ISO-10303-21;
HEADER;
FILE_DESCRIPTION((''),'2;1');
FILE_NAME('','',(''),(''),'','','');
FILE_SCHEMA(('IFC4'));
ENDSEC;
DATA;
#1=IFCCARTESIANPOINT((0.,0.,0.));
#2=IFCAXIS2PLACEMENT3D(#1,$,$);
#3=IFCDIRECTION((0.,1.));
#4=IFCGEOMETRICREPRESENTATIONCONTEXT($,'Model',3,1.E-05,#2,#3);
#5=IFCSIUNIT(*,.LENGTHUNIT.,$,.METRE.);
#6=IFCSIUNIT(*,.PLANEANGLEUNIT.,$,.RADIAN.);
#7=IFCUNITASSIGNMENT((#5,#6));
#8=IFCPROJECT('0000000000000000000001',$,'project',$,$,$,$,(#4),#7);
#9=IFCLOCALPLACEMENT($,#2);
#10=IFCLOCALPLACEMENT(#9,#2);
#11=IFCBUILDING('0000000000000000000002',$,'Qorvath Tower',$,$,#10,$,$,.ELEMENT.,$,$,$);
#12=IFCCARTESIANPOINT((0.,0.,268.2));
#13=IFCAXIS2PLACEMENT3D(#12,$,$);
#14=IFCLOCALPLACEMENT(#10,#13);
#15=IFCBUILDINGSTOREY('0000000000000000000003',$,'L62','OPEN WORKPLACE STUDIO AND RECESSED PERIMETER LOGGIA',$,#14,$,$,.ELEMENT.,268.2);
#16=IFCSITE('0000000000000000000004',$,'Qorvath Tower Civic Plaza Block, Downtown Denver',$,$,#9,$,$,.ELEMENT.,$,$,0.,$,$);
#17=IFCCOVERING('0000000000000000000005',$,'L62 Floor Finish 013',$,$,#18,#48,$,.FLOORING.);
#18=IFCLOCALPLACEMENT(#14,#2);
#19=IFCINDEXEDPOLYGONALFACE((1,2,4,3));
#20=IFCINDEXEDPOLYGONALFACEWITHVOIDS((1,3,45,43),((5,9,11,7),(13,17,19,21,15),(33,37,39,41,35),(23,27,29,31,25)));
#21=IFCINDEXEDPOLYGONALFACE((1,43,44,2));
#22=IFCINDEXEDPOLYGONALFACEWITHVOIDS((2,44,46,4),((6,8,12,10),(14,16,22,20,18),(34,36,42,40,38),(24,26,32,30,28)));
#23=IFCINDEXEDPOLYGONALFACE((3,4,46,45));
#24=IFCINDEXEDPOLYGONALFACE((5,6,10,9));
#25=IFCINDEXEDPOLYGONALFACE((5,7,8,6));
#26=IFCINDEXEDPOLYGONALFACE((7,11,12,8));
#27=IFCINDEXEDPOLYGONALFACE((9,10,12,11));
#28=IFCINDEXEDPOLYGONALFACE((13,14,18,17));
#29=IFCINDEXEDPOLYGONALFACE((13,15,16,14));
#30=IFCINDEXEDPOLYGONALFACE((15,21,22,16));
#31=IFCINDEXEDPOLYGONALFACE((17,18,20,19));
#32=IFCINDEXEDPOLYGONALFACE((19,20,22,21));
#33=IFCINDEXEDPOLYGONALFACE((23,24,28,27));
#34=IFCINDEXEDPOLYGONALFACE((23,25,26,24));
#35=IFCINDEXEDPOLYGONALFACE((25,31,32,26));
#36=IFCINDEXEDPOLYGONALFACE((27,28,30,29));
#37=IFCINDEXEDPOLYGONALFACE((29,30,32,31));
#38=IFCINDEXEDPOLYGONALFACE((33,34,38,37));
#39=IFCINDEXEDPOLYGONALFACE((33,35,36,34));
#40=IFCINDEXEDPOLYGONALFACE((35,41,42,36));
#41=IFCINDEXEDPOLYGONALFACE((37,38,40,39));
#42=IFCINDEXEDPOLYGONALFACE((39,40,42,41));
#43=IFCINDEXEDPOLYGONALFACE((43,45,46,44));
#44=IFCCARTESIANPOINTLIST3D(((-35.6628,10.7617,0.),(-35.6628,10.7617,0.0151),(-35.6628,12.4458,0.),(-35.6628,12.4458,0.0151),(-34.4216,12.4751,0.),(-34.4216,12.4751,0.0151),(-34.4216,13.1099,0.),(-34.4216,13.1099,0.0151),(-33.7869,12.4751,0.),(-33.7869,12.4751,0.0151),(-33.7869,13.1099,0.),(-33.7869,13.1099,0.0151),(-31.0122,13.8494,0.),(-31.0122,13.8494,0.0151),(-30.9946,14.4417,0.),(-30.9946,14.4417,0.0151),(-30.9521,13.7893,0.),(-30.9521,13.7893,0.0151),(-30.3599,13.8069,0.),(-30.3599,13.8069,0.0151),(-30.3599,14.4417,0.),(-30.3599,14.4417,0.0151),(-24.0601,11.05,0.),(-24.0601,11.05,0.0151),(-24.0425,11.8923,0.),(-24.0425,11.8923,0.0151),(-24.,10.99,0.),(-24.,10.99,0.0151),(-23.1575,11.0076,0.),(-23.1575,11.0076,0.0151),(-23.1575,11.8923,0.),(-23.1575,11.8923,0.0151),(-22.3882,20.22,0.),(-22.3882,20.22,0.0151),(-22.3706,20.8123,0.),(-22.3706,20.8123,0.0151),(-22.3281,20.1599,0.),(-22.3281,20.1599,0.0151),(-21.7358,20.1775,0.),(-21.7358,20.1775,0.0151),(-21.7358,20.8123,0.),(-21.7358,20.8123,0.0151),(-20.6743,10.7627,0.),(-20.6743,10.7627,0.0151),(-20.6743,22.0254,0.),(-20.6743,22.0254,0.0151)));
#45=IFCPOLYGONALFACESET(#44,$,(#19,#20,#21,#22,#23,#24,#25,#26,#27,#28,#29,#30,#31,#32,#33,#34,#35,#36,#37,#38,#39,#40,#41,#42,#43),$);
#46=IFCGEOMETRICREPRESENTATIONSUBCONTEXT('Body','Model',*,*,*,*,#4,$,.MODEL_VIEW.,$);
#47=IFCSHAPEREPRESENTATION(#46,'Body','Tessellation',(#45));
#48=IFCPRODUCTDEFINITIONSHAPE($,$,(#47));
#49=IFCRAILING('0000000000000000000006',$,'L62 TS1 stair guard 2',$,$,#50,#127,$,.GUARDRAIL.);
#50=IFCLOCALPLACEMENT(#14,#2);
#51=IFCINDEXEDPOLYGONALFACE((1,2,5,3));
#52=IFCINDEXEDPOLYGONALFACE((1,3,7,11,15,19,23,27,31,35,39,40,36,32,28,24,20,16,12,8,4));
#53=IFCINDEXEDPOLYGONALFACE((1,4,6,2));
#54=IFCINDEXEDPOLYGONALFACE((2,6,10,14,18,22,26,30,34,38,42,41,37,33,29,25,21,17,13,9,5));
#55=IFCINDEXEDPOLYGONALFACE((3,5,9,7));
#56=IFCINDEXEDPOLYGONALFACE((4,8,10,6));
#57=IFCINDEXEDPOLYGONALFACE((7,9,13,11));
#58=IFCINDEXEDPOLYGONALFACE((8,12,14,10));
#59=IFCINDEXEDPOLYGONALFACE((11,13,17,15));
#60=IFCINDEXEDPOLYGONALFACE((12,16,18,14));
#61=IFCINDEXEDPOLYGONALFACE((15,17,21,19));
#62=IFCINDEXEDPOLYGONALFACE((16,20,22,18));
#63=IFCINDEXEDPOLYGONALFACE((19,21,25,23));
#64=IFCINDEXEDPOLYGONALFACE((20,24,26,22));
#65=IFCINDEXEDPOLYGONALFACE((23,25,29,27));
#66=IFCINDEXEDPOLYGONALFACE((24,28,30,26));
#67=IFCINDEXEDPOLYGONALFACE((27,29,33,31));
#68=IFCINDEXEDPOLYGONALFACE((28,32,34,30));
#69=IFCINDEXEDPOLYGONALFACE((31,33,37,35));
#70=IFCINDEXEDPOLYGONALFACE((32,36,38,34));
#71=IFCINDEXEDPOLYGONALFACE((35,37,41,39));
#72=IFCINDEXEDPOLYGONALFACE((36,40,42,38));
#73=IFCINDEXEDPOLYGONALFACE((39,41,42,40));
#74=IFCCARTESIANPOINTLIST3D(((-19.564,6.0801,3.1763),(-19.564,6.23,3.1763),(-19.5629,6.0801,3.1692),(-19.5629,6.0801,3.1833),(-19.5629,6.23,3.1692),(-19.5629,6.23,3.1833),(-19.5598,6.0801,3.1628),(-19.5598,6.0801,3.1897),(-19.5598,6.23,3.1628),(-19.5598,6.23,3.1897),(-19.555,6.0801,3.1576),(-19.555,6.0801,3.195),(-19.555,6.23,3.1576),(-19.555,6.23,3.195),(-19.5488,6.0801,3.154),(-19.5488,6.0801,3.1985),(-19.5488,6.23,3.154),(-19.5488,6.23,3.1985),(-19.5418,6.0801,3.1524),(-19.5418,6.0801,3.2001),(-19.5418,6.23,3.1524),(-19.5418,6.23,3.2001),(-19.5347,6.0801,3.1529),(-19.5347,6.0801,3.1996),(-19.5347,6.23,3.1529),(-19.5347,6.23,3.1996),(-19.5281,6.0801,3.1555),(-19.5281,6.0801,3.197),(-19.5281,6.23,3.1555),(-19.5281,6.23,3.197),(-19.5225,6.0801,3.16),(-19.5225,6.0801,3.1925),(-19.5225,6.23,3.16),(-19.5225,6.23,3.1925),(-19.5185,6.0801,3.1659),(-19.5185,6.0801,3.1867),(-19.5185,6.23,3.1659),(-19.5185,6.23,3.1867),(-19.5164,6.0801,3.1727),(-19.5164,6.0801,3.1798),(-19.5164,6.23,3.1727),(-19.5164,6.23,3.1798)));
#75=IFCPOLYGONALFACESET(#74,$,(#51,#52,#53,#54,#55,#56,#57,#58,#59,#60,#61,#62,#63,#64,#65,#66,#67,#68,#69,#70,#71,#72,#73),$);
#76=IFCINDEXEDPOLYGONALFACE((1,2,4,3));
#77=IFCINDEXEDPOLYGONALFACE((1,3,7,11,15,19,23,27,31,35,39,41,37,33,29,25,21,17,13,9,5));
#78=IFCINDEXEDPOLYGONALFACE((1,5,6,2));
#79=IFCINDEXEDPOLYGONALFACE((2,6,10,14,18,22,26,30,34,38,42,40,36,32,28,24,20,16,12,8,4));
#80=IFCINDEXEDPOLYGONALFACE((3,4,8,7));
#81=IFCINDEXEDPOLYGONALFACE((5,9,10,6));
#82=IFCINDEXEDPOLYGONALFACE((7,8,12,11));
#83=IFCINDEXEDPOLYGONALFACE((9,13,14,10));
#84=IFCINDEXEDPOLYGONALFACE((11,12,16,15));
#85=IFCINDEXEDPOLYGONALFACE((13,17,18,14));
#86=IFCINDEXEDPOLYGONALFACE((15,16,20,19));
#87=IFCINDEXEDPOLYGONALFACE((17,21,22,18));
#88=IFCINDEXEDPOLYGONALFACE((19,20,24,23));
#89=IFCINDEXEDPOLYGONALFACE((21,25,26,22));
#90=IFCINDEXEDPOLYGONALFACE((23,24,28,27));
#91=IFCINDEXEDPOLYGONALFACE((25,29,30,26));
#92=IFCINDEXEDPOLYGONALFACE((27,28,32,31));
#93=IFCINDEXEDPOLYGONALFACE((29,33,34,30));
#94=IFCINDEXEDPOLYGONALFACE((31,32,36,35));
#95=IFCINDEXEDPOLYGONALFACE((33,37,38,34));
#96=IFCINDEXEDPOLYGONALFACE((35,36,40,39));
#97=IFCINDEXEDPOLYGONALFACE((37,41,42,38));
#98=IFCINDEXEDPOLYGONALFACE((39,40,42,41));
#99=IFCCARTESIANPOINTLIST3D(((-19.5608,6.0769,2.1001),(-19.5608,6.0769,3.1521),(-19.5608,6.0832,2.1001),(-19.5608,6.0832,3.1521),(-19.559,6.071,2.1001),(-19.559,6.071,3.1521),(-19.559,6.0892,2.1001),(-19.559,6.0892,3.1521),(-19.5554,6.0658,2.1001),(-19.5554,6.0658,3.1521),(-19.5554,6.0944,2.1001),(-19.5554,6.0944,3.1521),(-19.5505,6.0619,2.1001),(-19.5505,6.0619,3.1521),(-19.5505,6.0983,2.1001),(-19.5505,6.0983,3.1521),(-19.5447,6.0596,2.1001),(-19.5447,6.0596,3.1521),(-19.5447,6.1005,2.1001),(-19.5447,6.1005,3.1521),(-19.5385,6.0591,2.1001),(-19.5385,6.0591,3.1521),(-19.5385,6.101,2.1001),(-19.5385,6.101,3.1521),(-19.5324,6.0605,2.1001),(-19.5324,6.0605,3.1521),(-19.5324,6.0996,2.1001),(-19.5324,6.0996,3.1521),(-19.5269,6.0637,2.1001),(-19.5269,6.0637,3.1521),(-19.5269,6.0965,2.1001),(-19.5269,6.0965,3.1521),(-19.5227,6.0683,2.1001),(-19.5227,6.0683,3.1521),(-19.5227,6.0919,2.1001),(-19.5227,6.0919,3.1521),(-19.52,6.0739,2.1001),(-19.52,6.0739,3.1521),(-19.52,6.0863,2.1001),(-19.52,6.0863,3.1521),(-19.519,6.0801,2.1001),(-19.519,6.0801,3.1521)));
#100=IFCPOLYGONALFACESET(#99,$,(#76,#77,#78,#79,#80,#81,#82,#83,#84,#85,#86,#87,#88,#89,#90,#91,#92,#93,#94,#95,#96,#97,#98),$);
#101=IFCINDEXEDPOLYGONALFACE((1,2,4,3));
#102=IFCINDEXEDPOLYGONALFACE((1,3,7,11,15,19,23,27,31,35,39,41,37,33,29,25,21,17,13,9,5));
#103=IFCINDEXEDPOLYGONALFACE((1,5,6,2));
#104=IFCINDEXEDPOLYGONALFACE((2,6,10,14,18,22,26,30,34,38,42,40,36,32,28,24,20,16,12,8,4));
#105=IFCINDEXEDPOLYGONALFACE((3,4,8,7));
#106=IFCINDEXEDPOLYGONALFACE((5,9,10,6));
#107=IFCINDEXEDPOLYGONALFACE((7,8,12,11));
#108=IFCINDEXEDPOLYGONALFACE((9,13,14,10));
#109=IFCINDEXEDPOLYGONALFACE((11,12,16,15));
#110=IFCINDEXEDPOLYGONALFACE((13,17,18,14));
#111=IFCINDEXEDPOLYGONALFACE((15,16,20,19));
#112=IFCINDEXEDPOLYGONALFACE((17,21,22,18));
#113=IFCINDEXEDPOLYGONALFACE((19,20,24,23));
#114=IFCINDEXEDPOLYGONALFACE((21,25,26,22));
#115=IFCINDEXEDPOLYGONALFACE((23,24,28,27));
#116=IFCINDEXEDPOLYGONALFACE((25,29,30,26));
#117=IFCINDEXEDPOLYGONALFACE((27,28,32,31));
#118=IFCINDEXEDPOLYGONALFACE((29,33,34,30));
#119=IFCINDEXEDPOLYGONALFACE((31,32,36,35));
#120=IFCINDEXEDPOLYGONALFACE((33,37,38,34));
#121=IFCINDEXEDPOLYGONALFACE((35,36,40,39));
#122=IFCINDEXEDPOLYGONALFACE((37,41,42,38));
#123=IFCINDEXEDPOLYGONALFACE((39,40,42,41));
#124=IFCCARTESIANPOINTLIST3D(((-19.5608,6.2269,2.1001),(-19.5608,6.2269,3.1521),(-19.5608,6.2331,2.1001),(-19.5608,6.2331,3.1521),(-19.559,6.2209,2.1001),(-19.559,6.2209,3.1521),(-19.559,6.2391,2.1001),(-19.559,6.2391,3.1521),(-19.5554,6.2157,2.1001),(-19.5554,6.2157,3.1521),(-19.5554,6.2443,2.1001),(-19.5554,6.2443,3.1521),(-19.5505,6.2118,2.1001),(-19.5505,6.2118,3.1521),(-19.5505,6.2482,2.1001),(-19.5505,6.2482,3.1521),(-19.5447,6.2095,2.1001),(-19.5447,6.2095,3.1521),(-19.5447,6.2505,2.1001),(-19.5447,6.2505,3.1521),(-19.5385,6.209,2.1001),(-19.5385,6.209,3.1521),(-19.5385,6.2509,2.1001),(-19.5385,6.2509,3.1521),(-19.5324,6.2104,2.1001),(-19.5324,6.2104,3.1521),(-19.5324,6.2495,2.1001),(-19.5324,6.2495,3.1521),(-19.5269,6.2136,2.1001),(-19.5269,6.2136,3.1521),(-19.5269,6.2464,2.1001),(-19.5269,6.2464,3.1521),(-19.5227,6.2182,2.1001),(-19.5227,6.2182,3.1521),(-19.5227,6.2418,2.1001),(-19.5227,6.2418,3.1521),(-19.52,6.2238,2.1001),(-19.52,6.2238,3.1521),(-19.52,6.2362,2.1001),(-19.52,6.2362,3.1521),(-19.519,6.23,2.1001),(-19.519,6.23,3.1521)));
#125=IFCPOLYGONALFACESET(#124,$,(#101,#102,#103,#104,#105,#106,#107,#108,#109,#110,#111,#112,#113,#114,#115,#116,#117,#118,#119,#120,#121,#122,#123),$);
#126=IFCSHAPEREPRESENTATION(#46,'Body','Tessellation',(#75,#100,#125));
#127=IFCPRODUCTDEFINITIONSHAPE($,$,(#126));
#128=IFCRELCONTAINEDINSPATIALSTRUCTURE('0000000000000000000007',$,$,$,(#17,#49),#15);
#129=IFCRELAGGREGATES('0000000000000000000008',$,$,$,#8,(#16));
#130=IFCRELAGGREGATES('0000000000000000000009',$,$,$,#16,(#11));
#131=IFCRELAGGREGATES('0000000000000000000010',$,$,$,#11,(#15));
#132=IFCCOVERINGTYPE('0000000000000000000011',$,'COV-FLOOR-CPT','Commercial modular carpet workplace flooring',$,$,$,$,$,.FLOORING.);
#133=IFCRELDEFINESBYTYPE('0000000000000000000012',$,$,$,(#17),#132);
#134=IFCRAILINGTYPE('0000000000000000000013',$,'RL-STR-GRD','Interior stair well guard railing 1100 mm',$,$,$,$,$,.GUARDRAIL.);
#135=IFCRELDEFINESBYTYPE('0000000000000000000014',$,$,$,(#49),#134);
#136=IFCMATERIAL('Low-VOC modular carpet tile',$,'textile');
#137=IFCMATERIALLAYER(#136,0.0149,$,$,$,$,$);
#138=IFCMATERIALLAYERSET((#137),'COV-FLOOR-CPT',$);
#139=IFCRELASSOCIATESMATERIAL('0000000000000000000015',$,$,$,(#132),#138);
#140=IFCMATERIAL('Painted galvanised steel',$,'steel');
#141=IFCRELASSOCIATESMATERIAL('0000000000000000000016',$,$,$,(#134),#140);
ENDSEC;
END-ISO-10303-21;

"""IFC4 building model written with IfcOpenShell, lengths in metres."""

from ifc_helpers import new_model, si_unit, direction, frame, origin, origin_2d, place, context, subcontext, project, spatial, polyline, circle, outline, extrude, material, layer, layer_set, type_object, element, save


model = new_model("IFC4")

# Units and contexts
model_context = context("Model", 3, precision=1e-05, world=origin(), true_north=direction((0.0, 1.0)))
body_context = subcontext(model_context, "Body", "Model", "MODEL_VIEW")
ifc_project = project(units=[si_unit("LENGTHUNIT", "METRE"), si_unit("PLANEANGLEUNIT", "RADIAN")], contexts=[model_context])

# Site, building, storey
site_placement = place(None, origin())
site = spatial("IfcSite", under=ifc_project, at=site_placement, Name="Qorvath Tower Civic Plaza Block, Downtown Denver", CompositionType="ELEMENT", RefElevation=0.0)
building_placement = place(site_placement, origin())
building = spatial("IfcBuilding", under=site, at=building_placement, Name="Qorvath Tower", CompositionType="ELEMENT")
storey_placement = place(building_placement, frame((0.0, 0.0, 268.2)))
storey = spatial("IfcBuildingStorey", under=building, at=storey_placement, Name="L62", Description="OPEN WORKPLACE STUDIO AND RECESSED PERIMETER LOGGIA", CompositionType="ELEMENT", Elevation=268.2)

# Covering
ifc_material_1 = material(Name="Low-VOC modular carpet tile", Category="textile")
ifc_layer_1 = layer(ifc_material_1, 0.0149)
ifc_layer_set_1 = layer_set([ifc_layer_1], Name="COV-FLOOR-CPT")
covering_type = type_object("IfcCoveringType", Name="COV-FLOOR-CPT", Description="Commercial modular carpet workplace flooring", PredefinedType="FLOORING", material=ifc_layer_set_1)
covering_placement = place(storey_placement, origin())
element("IfcCovering", 1, at=covering_placement, inside=storey, type_object=covering_type, Name="L62 Floor Finish 013", PredefinedType="FLOORING", context=body_context, shape_type="SweptSolid", body=[
    extrude(outline(polyline([(-35.6628, 12.4458), (-35.6628, 10.7617), (-20.6743, 10.7627), (-20.6743, 22.0254), (-35.6628, 12.4458)]), holes=[polyline([(-22.3882, 20.22), (-22.3706, 20.8123), (-21.7358, 20.8123), (-21.7358, 20.1775), (-22.3281, 20.1599), (-22.3882, 20.22)]), polyline([(-24.0601, 11.05), (-24.0425, 11.8923), (-23.1575, 11.8923), (-23.1575, 11.0076), (-24.0, 10.99), (-24.0601, 11.05)]), polyline([(-31.0122, 13.8494), (-30.9946, 14.4417), (-30.3599, 14.4417), (-30.3599, 13.8069), (-30.9521, 13.7893), (-31.0122, 13.8494)]), polyline([(-34.4216, 12.4751), (-34.4216, 13.1099), (-33.7869, 13.1099), (-33.7869, 12.4751), (-34.4216, 12.4751)])]), origin(), (0.0, 0.0, 1.0), 0.0151),
])

# Railing
ifc_material_2 = material(Name="Painted galvanised steel", Category="steel")
railing_type_1 = type_object("IfcRailingType", Name="RL-STR-GRD", Description="Interior stair well guard railing 1100 mm", PredefinedType="GUARDRAIL", material=ifc_material_2)
railing_1_placement = place(storey_placement, frame((-19.54, 6.0801, 2.1001)))
element("IfcRailing", 2, at=railing_1_placement, inside=storey, type_object=railing_type_1, Name="L62 TS1 stair guard 2", PredefinedType="GUARDRAIL", context=body_context, shape_type="SweptSolid", body=[
    extrude(circle(Radius=0.0239, at=origin_2d()), frame((0.0, 0.0, 1.0762), z_axis=(0.0, 1.0, 0.0), x_axis=(-1.0, 0.0, 0.0)), (0.0, 0.0, 1.0), 0.1499),
    extrude(circle(Radius=0.021, at=origin_2d()), origin(), (0.0, 0.0, 1.0), 1.052),
    extrude(circle(Radius=0.021, at=origin_2d()), frame((0.0, 0.1499, 0.0)), (0.0, 0.0, 1.0), 1.052),
])

save(model, "model.ifc")
